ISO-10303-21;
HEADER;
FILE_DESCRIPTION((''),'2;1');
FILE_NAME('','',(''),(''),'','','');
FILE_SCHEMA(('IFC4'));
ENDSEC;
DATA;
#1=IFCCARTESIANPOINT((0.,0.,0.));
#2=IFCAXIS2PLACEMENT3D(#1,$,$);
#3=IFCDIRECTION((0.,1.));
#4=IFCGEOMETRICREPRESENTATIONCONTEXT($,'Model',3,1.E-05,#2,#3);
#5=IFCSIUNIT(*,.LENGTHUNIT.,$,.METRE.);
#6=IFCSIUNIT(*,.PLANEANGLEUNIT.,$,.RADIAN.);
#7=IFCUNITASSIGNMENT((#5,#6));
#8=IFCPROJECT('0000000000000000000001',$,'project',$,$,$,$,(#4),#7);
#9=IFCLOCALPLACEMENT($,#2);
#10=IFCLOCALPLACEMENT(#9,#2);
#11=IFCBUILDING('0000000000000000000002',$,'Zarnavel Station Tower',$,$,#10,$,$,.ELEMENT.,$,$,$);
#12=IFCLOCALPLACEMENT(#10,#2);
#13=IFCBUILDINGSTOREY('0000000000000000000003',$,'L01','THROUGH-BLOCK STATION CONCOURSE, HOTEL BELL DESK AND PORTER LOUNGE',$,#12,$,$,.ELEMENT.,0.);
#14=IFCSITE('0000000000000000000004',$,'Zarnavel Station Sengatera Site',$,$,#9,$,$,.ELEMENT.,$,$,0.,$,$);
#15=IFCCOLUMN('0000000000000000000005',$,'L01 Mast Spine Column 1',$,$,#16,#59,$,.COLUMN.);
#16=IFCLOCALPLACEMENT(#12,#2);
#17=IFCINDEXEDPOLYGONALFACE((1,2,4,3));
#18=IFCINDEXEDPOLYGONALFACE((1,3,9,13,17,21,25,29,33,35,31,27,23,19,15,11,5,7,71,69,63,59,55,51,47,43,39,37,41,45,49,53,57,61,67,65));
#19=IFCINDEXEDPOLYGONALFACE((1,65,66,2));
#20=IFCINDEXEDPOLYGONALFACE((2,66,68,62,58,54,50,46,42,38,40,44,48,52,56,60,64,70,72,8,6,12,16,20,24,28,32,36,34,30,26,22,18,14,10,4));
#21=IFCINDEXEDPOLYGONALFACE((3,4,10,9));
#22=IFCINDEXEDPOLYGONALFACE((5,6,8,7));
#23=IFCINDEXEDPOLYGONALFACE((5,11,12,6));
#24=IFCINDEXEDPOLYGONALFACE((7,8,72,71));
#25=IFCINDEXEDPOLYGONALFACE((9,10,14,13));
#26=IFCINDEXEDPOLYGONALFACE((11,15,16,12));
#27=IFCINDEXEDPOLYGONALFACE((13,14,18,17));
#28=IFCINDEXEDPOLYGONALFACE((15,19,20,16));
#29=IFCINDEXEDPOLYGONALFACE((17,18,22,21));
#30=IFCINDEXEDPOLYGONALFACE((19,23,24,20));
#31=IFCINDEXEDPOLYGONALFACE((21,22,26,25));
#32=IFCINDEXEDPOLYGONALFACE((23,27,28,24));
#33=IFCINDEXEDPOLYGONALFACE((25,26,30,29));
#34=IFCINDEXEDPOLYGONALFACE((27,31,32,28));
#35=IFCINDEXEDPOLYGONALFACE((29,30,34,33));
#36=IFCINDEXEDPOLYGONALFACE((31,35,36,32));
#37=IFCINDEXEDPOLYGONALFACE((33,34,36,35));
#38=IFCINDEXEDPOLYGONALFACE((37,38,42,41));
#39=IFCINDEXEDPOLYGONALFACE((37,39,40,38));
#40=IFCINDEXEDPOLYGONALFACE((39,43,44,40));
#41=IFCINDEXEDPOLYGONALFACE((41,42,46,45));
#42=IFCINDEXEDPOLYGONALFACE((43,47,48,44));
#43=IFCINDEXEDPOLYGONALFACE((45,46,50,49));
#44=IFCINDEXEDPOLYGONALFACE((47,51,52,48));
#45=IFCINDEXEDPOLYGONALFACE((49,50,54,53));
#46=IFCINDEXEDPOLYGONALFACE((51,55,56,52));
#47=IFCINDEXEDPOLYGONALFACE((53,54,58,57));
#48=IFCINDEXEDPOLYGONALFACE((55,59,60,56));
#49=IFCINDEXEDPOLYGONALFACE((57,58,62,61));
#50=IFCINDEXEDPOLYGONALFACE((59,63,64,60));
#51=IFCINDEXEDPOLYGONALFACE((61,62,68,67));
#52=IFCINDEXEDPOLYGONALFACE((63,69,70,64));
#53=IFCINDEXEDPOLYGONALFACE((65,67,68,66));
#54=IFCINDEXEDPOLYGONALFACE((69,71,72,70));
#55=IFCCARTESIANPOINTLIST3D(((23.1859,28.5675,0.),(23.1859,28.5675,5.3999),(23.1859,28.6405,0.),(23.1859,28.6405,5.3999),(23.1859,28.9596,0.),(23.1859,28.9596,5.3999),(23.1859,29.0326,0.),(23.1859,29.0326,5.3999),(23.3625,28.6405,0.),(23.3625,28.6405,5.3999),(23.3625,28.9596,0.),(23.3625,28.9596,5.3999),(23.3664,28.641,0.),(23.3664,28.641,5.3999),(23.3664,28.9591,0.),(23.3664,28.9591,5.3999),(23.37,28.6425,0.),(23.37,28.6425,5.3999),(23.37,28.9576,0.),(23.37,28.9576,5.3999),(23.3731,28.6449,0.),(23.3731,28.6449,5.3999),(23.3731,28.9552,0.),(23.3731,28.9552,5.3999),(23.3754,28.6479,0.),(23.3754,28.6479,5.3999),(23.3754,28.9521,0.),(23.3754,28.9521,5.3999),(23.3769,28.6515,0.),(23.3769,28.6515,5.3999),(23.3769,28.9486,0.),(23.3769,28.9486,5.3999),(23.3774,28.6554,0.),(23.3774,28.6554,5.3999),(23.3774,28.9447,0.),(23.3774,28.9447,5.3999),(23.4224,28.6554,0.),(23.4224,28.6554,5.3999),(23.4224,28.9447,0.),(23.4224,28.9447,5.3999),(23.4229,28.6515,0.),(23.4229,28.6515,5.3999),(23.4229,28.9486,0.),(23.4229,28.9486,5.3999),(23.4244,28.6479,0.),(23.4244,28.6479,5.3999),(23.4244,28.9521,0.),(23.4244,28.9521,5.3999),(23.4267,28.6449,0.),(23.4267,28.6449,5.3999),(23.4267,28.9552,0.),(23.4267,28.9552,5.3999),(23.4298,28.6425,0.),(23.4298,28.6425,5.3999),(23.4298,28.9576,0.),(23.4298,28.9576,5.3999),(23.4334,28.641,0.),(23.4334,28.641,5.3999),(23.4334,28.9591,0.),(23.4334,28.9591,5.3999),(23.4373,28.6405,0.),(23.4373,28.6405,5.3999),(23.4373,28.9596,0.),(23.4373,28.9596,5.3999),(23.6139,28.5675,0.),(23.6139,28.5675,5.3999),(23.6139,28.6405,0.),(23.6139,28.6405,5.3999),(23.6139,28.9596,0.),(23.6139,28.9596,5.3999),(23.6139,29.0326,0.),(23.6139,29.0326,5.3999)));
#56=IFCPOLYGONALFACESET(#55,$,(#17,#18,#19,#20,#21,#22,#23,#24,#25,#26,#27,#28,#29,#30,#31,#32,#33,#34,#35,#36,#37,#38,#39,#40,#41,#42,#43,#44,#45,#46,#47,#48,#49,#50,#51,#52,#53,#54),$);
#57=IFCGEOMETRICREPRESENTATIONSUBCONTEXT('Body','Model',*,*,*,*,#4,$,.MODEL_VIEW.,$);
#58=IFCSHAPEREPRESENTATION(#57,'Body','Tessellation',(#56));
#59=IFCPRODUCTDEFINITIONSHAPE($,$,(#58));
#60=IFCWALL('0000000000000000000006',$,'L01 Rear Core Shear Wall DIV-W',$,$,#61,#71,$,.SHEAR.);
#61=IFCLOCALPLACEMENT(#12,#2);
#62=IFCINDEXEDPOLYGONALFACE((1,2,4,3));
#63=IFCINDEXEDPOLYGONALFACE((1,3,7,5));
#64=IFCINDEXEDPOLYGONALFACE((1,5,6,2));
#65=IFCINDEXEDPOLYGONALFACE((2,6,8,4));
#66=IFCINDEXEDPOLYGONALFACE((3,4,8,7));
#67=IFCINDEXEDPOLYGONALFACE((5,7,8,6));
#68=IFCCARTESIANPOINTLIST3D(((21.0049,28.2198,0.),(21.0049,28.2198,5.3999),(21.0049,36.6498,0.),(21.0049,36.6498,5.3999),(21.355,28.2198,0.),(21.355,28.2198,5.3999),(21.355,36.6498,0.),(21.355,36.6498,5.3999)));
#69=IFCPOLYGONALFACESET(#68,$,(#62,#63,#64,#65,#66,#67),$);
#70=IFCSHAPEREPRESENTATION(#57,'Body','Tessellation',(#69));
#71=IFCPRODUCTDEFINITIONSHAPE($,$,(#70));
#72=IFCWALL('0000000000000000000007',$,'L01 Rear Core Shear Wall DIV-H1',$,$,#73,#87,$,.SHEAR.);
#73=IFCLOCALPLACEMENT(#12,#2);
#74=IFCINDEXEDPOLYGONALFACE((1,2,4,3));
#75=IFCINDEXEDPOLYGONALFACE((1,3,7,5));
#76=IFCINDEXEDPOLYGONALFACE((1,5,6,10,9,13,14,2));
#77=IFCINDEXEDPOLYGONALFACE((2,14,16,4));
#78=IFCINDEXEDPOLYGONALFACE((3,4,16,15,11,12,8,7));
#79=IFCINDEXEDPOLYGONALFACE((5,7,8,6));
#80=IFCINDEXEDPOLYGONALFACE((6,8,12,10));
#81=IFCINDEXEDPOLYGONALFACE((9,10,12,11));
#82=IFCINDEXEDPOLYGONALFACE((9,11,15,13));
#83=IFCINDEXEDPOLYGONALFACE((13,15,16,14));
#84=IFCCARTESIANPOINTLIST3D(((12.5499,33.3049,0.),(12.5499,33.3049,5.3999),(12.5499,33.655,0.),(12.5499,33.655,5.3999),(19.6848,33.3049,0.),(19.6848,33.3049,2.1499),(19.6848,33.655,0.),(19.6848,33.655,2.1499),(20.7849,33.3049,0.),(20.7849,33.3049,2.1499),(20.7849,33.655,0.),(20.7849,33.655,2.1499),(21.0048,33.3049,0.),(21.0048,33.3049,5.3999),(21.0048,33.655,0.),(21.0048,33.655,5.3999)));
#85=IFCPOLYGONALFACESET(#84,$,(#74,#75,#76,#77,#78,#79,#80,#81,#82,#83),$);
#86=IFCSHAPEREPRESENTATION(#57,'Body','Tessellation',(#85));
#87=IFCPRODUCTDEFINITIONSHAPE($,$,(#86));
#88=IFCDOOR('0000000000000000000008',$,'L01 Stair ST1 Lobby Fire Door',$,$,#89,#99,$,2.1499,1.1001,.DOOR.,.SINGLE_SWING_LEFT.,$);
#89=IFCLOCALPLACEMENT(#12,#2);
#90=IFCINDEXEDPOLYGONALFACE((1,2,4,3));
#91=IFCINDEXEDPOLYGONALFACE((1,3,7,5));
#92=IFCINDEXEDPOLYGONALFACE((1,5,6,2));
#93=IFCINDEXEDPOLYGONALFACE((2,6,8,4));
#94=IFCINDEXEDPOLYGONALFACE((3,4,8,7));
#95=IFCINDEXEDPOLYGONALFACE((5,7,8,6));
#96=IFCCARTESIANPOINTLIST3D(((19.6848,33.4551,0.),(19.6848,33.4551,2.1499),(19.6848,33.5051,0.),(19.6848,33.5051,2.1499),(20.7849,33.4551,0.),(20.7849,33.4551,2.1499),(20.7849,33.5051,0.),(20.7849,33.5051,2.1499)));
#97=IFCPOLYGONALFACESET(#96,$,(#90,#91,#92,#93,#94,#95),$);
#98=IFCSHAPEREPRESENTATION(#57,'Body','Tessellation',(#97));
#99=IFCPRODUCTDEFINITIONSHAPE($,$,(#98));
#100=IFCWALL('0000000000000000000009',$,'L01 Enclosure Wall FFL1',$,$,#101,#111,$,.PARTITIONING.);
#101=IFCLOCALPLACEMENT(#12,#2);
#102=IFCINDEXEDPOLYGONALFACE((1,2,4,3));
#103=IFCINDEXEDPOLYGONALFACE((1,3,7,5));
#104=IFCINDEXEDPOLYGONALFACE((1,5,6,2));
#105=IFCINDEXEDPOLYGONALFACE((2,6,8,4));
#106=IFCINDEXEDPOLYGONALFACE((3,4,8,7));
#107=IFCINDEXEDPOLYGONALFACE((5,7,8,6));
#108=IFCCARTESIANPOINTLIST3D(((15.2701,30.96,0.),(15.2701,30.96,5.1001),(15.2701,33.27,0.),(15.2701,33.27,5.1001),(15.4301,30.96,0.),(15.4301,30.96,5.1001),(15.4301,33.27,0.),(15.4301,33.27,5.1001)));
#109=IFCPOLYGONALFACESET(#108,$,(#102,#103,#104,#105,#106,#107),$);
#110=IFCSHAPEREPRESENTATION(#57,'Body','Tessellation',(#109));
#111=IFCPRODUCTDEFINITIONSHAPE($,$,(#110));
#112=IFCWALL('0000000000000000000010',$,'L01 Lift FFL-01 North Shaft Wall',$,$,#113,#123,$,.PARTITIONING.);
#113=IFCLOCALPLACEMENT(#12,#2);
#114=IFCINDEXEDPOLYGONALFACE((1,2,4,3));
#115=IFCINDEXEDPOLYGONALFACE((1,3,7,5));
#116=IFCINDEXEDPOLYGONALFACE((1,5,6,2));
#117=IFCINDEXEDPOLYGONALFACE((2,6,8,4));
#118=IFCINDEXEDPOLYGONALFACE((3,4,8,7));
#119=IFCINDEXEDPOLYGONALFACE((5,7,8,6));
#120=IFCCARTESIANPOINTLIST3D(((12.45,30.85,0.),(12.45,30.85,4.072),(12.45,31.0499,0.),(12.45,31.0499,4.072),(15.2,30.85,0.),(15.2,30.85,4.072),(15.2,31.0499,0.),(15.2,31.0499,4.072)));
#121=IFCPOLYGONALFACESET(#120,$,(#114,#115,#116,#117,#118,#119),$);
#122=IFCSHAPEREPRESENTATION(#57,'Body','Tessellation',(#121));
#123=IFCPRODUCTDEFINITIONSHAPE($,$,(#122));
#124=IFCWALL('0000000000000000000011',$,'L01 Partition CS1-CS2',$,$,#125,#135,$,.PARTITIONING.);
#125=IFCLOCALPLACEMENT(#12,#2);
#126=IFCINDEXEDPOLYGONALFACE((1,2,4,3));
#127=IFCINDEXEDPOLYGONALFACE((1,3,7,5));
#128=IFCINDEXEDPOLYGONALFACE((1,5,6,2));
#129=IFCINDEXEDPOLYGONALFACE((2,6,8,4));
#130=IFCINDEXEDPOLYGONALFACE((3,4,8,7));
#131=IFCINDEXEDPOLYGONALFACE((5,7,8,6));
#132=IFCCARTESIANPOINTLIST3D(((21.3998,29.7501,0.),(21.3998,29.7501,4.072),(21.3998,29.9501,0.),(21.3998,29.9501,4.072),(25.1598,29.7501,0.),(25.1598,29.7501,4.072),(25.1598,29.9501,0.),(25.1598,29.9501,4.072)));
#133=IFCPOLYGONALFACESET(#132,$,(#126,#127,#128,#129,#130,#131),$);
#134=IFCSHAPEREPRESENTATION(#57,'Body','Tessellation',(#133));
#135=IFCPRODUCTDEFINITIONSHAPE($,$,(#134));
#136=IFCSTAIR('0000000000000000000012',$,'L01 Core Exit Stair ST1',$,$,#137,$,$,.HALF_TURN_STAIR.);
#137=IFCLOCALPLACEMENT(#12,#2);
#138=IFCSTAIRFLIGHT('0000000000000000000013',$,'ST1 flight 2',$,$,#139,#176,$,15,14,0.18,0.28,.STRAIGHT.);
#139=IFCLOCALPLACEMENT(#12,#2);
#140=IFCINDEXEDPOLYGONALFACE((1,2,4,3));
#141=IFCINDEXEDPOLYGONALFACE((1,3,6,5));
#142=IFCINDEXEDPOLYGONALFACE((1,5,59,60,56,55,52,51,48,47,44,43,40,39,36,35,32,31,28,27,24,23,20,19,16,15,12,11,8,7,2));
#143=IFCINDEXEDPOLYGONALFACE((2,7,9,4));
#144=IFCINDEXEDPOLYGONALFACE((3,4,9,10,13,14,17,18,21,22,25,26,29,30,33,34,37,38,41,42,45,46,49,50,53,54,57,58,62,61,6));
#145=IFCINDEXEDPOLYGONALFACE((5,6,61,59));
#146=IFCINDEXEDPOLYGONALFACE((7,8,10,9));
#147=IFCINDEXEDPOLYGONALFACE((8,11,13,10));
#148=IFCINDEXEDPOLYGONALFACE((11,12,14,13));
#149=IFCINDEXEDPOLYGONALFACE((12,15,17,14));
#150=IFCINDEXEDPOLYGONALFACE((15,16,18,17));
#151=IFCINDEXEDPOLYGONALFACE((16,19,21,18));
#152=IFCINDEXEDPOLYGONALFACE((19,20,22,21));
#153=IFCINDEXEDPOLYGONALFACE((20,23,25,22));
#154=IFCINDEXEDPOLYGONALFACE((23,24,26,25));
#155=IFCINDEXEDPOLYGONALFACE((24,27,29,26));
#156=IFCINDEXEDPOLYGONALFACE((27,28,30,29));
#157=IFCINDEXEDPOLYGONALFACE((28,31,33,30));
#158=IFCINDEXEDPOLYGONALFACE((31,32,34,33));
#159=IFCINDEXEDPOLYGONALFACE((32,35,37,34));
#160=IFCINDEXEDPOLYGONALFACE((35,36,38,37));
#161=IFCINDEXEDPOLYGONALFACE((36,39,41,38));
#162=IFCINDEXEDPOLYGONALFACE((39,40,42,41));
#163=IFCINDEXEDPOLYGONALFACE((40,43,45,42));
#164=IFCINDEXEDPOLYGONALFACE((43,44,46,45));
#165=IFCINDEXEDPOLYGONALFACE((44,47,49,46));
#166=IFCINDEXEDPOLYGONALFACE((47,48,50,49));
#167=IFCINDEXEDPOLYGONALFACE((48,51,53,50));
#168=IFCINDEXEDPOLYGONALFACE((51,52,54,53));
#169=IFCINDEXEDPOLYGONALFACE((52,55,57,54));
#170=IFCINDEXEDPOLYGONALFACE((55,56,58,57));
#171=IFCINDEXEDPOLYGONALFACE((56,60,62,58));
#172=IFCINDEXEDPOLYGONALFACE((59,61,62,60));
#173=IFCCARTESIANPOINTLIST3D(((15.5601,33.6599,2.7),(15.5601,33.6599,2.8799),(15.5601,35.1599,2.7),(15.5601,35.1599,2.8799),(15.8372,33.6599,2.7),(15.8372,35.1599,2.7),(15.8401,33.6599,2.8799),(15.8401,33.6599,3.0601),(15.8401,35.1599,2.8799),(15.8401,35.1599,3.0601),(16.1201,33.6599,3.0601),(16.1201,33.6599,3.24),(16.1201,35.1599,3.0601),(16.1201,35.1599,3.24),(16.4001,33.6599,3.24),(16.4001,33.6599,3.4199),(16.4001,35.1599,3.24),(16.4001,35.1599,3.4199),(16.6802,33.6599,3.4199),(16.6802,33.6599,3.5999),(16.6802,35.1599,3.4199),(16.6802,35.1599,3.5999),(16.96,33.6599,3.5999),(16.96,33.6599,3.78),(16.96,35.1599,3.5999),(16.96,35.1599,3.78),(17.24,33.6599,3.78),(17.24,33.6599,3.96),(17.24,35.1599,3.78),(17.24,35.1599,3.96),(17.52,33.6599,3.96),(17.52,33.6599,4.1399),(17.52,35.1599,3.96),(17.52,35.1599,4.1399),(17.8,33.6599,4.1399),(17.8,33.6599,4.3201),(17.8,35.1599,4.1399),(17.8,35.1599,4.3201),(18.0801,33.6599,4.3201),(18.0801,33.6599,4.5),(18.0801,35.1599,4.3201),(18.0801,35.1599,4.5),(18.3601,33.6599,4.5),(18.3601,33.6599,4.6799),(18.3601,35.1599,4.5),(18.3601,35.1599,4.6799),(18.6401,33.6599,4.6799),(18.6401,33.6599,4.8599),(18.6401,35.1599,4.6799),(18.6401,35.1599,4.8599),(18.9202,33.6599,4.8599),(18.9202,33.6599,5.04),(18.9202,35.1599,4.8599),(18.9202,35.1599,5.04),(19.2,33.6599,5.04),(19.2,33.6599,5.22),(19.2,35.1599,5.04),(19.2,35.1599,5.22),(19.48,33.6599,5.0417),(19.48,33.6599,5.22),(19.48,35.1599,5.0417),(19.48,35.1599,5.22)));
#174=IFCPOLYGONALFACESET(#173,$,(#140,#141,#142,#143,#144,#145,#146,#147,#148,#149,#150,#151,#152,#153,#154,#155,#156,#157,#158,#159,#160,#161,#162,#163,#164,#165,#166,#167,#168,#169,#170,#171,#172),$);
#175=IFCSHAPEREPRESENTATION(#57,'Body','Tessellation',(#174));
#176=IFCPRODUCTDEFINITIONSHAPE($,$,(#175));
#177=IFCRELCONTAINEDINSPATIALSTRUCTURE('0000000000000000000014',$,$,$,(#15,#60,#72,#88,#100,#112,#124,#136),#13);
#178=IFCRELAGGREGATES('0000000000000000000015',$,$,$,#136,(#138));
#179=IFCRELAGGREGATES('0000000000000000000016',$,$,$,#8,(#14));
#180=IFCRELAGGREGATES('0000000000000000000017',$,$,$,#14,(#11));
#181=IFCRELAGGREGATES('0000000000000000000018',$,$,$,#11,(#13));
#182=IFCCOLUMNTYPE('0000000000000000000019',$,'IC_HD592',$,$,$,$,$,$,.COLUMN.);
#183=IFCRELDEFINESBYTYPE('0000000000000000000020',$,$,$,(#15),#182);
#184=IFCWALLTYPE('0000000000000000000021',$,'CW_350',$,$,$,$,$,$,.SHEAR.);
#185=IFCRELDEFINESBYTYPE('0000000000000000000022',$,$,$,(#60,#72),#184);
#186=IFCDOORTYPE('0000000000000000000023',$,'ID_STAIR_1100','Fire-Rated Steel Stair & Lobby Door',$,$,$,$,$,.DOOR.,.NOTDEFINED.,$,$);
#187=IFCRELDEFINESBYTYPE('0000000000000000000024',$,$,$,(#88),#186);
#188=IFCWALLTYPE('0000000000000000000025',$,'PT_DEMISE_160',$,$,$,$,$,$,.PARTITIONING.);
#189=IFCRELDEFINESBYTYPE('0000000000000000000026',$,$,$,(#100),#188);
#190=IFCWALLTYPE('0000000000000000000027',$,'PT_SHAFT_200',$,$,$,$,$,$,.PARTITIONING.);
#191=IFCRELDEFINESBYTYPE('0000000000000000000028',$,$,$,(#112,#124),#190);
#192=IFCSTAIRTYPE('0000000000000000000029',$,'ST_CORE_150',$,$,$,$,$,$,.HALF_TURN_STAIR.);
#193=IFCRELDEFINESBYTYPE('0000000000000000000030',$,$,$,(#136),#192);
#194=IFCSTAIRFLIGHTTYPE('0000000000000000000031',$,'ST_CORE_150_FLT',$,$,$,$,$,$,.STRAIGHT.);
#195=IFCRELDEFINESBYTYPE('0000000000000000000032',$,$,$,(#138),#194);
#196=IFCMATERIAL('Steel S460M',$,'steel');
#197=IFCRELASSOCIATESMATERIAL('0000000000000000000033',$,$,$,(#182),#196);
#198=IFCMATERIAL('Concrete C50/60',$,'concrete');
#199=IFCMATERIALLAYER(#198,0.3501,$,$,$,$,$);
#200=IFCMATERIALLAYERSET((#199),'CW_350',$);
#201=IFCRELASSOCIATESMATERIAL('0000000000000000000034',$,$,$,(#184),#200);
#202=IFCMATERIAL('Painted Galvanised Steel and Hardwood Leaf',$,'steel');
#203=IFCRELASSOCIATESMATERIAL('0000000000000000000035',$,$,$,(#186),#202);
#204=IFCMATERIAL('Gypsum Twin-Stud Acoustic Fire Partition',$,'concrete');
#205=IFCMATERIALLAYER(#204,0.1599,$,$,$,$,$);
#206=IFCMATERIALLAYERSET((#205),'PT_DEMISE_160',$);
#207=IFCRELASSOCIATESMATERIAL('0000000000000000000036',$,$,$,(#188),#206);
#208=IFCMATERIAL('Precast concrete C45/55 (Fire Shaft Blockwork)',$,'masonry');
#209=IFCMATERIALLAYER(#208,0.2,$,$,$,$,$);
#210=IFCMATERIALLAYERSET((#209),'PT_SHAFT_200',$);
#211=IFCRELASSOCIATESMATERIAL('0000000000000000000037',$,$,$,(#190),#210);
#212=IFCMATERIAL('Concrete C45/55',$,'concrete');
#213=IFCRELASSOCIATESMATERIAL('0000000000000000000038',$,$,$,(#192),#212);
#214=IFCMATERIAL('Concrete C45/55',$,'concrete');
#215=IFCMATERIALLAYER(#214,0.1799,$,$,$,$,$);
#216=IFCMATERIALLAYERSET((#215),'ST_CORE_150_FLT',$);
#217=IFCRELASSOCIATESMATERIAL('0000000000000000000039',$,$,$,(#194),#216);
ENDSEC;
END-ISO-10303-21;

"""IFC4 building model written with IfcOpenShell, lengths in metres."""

from ifc_helpers import new_model, si_unit, direction, frame, frame_2d, origin, origin_2d, place, context, subcontext, project, spatial, polyline, rectangle, i_section, outline, extrude, material, layer, layer_set, material_profile, profile_set, type_object, element, fill, aggregate, save


model = new_model("IFC4")

# Units and contexts
model_context = context("Model", 3, precision=1e-05, world=origin(), true_north=direction((0.0, 1.0)))
body_context = subcontext(model_context, "Body", "Model", "MODEL_VIEW")
ifc_project = project(units=[si_unit("LENGTHUNIT", "METRE"), si_unit("PLANEANGLEUNIT", "RADIAN")], contexts=[model_context])

# Site, building, storey
site_placement = place(None, origin())
site = spatial("IfcSite", under=ifc_project, at=site_placement, Name="Zarnavel Station Sengatera Site", CompositionType="ELEMENT", RefElevation=0.0)
building_placement = place(site_placement, origin())
building = spatial("IfcBuilding", under=site, at=building_placement, Name="Zarnavel Station Tower", CompositionType="ELEMENT")
storey_placement = place(building_placement, origin())
storey = spatial("IfcBuildingStorey", under=building, at=storey_placement, Name="L01", Description="THROUGH-BLOCK STATION CONCOURSE, HOTEL BELL DESK AND PORTER LOUNGE", CompositionType="ELEMENT", Elevation=0.0)

# Column
ifc_material_1 = material(Name="Steel S460M", Category="steel")
ifc_material_profile = material_profile(ifc_material_1, i_section(OverallWidth=0.428, OverallDepth=0.4651, WebThickness=0.0449, FlangeThickness=0.073, FilletRadius=0.0149, at=origin_2d()), Name="HD400x592")
ifc_profile_set = profile_set([ifc_material_profile], Name="Steel S460M")
column_type = type_object("IfcColumnType", Name="IC_HD592", PredefinedType="COLUMN", material=ifc_profile_set)
column_placement = place(storey_placement, frame((23.3999, 28.8, 0.0), z_axis=(0.0, 0.0, 1.0), x_axis=(1.0, 0.0, 0.0)))
element("IfcColumn", 1, at=column_placement, inside=storey, type_object=column_type, Name="L01 Mast Spine Column 1", PredefinedType="COLUMN", context=body_context, shape_type="SweptSolid", body=[
    extrude(i_section(OverallWidth=0.428, OverallDepth=0.4651, WebThickness=0.0449, FlangeThickness=0.073, FilletRadius=0.0149, at=origin_2d()), origin(), (0.0, 0.0, 1.0), 5.3999),
])

# Wall
ifc_material_2 = material(Name="Concrete C50/60", Category="concrete")
ifc_layer_1 = layer(ifc_material_2, 0.3501)
ifc_layer_set_1 = layer_set([ifc_layer_1], Name="CW_350")
wall_type_1 = type_object("IfcWallType", Name="CW_350", PredefinedType="SHEAR", material=ifc_layer_set_1)
wall_1_placement = place(storey_placement, frame((21.1799, 28.22, 0.0), z_axis=(0.0, 0.0, 1.0), x_axis=(0.0, 1.0, 0.0)))
element("IfcWall", 2, at=wall_1_placement, inside=storey, type_object=wall_type_1, Name="L01 Rear Core Shear Wall DIV-W", PredefinedType="SHEAR", context=body_context, shape_type="SweptSolid", body=[
    extrude(rectangle(XDim=8.4299, YDim=0.3501, at=frame_2d((4.2148, 0.0))), origin(), (0.0, 0.0, 1.0), 5.3999),
])

# Wall, opening, door
wall_2_placement = place(storey_placement, frame((21.0049, 33.48, 0.0), z_axis=(0.0, 0.0, 1.0), x_axis=(-1.0, 0.0, 0.0)))
wall_2 = element("IfcWall", 3, at=wall_2_placement, inside=storey, type_object=wall_type_1, Name="L01 Rear Core Shear Wall DIV-H1", PredefinedType="SHEAR", context=body_context, shape_type="SweptSolid", body=[
    extrude(rectangle(XDim=8.4548, YDim=0.3501, at=frame_2d((4.2275, 0.0))), origin(), (0.0, 0.0, 1.0), 5.3999),
])
opening_1_placement = place(wall_2_placement, frame((0.22, 0.0, 0.0)))
opening_1 = element("IfcOpeningElement", 4, at=opening_1_placement, cuts=wall_2, PredefinedType="OPENING", context=body_context, shape_type="SweptSolid", body=[
    extrude(rectangle(XDim=1.1001, YDim=2.1499, at=frame_2d((0.55, 1.075))), frame((0.0, 0.1851, 0.0), z_axis=(0.0, -1.0, 0.0), x_axis=(1.0, 0.0, 0.0)), (0.0, 0.0, 1.0), 0.3701),
])
ifc_material_3 = material(Name="Painted Galvanised Steel and Hardwood Leaf", Category="steel")
door_type_1 = type_object("IfcDoorType", Name="ID_STAIR_1100", Description="Fire-Rated Steel Stair & Lobby Door", OperationType="NOTDEFINED", PredefinedType="DOOR", material=ifc_material_3)
door_1_placement = place(opening_1_placement, origin())
door_1 = element("IfcDoor", 5, at=door_1_placement, inside=storey, type_object=door_type_1, Name="L01 Stair ST1 Lobby Fire Door", OperationType="SINGLE_SWING_LEFT", OverallHeight=2.1499, OverallWidth=1.1001, PredefinedType="DOOR", context=body_context, shape_type="SweptSolid", body=[
    extrude(rectangle(XDim=1.1001, YDim=2.1499, at=frame_2d((0.55, 1.075))), frame((0.0, 0.0249, 0.0), z_axis=(0.0, -1.0, 0.0), x_axis=(1.0, 0.0, 0.0)), (0.0, 0.0, 1.0), 0.05),
])
fill(opening_1, door_1)

# Walls
ifc_material_4 = material(Name="Gypsum Twin-Stud Acoustic Fire Partition", Category="concrete")
ifc_layer_2 = layer(ifc_material_4, 0.1599)
ifc_layer_set_2 = layer_set([ifc_layer_2], Name="PT_DEMISE_160")
wall_type_2 = type_object("IfcWallType", Name="PT_DEMISE_160", PredefinedType="PARTITIONING", material=ifc_layer_set_2)
wall_3_placement = place(storey_placement, frame((15.3501, 30.96, 0.0), z_axis=(0.0, 0.0, 1.0), x_axis=(0.0, 1.0, 0.0)))
element("IfcWall", 6, at=wall_3_placement, inside=storey, type_object=wall_type_2, Name="L01 Enclosure Wall FFL1", PredefinedType="PARTITIONING", context=body_context, shape_type="SweptSolid", body=[
    extrude(rectangle(XDim=2.3101, YDim=0.1599, at=frame_2d((1.155, 0.0))), origin(), (0.0, 0.0, 1.0), 5.1001),
])
ifc_material_5 = material(Name="Precast concrete C45/55 (Fire Shaft Blockwork)", Category="masonry")
ifc_layer_3 = layer(ifc_material_5, 0.2)
ifc_layer_set_3 = layer_set([ifc_layer_3], Name="PT_SHAFT_200")
wall_type_3 = type_object("IfcWallType", Name="PT_SHAFT_200", PredefinedType="PARTITIONING", material=ifc_layer_set_3)
wall_4_placement = place(storey_placement, frame((12.45, 30.95, 0.0), z_axis=(0.0, 0.0, 1.0), x_axis=(1.0, 0.0, 0.0)))
element("IfcWall", 7, at=wall_4_placement, inside=storey, type_object=wall_type_3, Name="L01 Lift FFL-01 North Shaft Wall", PredefinedType="PARTITIONING", context=body_context, shape_type="SweptSolid", body=[
    extrude(rectangle(XDim=2.75, YDim=0.2, at=frame_2d((1.375, 0.0))), origin(), (0.0, 0.0, 1.0), 4.072),
])

# Wall
wall_5_placement = place(storey_placement, frame((21.3999, 29.8501, 0.0), z_axis=(0.0, 0.0, 1.0), x_axis=(1.0, 0.0, 0.0)))
element("IfcWall", 8, at=wall_5_placement, inside=storey, type_object=wall_type_3, Name="L01 Partition CS1-CS2", PredefinedType="PARTITIONING", context=body_context, shape_type="SweptSolid", body=[
    extrude(rectangle(XDim=3.76, YDim=0.2, at=frame_2d((1.8799, 0.0))), origin(), (0.0, 0.0, 1.0), 4.072),
])

# Stair, stair flight
ifc_material_6 = material(Name="Concrete C45/55", Category="concrete")
stair_type = type_object("IfcStairType", Name="ST_CORE_150", PredefinedType="HALF_TURN_STAIR", material=ifc_material_6)
stair_placement = place(storey_placement, origin())
stair = element("IfcStair", 9, at=stair_placement, inside=storey, type_object=stair_type, Name="L01 Core Exit Stair ST1", PredefinedType="HALF_TURN_STAIR")
ifc_material_7 = material(Name="Concrete C45/55", Category="concrete")
ifc_layer_4 = layer(ifc_material_7, 0.1799)
ifc_layer_set_4 = layer_set([ifc_layer_4], Name="ST_CORE_150_FLT")
stair_flight_type = type_object("IfcStairFlightType", Name="ST_CORE_150_FLT", PredefinedType="STRAIGHT", material=ifc_layer_set_4)
stair_flight_placement = place(storey_placement, frame((15.5601, 34.4099, 2.7), z_axis=(0.0, 0.0, 1.0), x_axis=(1.0, 0.0, 0.0)))
stair_flight = element("IfcStairFlight", 10, at=stair_flight_placement, type_object=stair_flight_type, Name="ST1 flight 2", NumberOfRisers=15, NumberOfTreads=14, PredefinedType="STRAIGHT", RiserHeight=0.18, TreadLength=0.28, context=body_context, shape_type="SweptSolid", body=[
    extrude(outline(polyline([(0.0, 0.0), (0.0, 0.1799), (0.28, 0.1799), (0.28, 0.3601), (0.5601, 0.3601), (0.5601, 0.54), (0.8401, 0.54), (0.8401, 0.72), (1.1201, 0.72), (1.1201, 0.8999), (1.3999, 0.8999), (1.3999, 1.0801), (1.6799, 1.0801), (1.6799, 1.26), (1.96, 1.26), (1.96, 1.4399), (2.24, 1.4399), (2.24, 1.6201), (2.52, 1.6201), (2.52, 1.8), (2.8, 1.8), (2.8, 1.98), (3.0801, 1.98), (3.0801, 2.1599), (3.3601, 2.1599), (3.3601, 2.3401), (3.6399, 2.3401), (3.6399, 2.52), (3.9199, 2.52), (3.9199, 2.7), (3.9199, 2.3418), (0.2771, 0.0), (0.0, 0.0)])), frame((0.0, 0.75, 0.0), z_axis=(0.0, -1.0, 0.0), x_axis=(1.0, 0.0, 0.0)), (0.0, 0.0, 1.0), 1.5),
])
aggregate(stair, [stair_flight])

save(model, "model.ifc")
